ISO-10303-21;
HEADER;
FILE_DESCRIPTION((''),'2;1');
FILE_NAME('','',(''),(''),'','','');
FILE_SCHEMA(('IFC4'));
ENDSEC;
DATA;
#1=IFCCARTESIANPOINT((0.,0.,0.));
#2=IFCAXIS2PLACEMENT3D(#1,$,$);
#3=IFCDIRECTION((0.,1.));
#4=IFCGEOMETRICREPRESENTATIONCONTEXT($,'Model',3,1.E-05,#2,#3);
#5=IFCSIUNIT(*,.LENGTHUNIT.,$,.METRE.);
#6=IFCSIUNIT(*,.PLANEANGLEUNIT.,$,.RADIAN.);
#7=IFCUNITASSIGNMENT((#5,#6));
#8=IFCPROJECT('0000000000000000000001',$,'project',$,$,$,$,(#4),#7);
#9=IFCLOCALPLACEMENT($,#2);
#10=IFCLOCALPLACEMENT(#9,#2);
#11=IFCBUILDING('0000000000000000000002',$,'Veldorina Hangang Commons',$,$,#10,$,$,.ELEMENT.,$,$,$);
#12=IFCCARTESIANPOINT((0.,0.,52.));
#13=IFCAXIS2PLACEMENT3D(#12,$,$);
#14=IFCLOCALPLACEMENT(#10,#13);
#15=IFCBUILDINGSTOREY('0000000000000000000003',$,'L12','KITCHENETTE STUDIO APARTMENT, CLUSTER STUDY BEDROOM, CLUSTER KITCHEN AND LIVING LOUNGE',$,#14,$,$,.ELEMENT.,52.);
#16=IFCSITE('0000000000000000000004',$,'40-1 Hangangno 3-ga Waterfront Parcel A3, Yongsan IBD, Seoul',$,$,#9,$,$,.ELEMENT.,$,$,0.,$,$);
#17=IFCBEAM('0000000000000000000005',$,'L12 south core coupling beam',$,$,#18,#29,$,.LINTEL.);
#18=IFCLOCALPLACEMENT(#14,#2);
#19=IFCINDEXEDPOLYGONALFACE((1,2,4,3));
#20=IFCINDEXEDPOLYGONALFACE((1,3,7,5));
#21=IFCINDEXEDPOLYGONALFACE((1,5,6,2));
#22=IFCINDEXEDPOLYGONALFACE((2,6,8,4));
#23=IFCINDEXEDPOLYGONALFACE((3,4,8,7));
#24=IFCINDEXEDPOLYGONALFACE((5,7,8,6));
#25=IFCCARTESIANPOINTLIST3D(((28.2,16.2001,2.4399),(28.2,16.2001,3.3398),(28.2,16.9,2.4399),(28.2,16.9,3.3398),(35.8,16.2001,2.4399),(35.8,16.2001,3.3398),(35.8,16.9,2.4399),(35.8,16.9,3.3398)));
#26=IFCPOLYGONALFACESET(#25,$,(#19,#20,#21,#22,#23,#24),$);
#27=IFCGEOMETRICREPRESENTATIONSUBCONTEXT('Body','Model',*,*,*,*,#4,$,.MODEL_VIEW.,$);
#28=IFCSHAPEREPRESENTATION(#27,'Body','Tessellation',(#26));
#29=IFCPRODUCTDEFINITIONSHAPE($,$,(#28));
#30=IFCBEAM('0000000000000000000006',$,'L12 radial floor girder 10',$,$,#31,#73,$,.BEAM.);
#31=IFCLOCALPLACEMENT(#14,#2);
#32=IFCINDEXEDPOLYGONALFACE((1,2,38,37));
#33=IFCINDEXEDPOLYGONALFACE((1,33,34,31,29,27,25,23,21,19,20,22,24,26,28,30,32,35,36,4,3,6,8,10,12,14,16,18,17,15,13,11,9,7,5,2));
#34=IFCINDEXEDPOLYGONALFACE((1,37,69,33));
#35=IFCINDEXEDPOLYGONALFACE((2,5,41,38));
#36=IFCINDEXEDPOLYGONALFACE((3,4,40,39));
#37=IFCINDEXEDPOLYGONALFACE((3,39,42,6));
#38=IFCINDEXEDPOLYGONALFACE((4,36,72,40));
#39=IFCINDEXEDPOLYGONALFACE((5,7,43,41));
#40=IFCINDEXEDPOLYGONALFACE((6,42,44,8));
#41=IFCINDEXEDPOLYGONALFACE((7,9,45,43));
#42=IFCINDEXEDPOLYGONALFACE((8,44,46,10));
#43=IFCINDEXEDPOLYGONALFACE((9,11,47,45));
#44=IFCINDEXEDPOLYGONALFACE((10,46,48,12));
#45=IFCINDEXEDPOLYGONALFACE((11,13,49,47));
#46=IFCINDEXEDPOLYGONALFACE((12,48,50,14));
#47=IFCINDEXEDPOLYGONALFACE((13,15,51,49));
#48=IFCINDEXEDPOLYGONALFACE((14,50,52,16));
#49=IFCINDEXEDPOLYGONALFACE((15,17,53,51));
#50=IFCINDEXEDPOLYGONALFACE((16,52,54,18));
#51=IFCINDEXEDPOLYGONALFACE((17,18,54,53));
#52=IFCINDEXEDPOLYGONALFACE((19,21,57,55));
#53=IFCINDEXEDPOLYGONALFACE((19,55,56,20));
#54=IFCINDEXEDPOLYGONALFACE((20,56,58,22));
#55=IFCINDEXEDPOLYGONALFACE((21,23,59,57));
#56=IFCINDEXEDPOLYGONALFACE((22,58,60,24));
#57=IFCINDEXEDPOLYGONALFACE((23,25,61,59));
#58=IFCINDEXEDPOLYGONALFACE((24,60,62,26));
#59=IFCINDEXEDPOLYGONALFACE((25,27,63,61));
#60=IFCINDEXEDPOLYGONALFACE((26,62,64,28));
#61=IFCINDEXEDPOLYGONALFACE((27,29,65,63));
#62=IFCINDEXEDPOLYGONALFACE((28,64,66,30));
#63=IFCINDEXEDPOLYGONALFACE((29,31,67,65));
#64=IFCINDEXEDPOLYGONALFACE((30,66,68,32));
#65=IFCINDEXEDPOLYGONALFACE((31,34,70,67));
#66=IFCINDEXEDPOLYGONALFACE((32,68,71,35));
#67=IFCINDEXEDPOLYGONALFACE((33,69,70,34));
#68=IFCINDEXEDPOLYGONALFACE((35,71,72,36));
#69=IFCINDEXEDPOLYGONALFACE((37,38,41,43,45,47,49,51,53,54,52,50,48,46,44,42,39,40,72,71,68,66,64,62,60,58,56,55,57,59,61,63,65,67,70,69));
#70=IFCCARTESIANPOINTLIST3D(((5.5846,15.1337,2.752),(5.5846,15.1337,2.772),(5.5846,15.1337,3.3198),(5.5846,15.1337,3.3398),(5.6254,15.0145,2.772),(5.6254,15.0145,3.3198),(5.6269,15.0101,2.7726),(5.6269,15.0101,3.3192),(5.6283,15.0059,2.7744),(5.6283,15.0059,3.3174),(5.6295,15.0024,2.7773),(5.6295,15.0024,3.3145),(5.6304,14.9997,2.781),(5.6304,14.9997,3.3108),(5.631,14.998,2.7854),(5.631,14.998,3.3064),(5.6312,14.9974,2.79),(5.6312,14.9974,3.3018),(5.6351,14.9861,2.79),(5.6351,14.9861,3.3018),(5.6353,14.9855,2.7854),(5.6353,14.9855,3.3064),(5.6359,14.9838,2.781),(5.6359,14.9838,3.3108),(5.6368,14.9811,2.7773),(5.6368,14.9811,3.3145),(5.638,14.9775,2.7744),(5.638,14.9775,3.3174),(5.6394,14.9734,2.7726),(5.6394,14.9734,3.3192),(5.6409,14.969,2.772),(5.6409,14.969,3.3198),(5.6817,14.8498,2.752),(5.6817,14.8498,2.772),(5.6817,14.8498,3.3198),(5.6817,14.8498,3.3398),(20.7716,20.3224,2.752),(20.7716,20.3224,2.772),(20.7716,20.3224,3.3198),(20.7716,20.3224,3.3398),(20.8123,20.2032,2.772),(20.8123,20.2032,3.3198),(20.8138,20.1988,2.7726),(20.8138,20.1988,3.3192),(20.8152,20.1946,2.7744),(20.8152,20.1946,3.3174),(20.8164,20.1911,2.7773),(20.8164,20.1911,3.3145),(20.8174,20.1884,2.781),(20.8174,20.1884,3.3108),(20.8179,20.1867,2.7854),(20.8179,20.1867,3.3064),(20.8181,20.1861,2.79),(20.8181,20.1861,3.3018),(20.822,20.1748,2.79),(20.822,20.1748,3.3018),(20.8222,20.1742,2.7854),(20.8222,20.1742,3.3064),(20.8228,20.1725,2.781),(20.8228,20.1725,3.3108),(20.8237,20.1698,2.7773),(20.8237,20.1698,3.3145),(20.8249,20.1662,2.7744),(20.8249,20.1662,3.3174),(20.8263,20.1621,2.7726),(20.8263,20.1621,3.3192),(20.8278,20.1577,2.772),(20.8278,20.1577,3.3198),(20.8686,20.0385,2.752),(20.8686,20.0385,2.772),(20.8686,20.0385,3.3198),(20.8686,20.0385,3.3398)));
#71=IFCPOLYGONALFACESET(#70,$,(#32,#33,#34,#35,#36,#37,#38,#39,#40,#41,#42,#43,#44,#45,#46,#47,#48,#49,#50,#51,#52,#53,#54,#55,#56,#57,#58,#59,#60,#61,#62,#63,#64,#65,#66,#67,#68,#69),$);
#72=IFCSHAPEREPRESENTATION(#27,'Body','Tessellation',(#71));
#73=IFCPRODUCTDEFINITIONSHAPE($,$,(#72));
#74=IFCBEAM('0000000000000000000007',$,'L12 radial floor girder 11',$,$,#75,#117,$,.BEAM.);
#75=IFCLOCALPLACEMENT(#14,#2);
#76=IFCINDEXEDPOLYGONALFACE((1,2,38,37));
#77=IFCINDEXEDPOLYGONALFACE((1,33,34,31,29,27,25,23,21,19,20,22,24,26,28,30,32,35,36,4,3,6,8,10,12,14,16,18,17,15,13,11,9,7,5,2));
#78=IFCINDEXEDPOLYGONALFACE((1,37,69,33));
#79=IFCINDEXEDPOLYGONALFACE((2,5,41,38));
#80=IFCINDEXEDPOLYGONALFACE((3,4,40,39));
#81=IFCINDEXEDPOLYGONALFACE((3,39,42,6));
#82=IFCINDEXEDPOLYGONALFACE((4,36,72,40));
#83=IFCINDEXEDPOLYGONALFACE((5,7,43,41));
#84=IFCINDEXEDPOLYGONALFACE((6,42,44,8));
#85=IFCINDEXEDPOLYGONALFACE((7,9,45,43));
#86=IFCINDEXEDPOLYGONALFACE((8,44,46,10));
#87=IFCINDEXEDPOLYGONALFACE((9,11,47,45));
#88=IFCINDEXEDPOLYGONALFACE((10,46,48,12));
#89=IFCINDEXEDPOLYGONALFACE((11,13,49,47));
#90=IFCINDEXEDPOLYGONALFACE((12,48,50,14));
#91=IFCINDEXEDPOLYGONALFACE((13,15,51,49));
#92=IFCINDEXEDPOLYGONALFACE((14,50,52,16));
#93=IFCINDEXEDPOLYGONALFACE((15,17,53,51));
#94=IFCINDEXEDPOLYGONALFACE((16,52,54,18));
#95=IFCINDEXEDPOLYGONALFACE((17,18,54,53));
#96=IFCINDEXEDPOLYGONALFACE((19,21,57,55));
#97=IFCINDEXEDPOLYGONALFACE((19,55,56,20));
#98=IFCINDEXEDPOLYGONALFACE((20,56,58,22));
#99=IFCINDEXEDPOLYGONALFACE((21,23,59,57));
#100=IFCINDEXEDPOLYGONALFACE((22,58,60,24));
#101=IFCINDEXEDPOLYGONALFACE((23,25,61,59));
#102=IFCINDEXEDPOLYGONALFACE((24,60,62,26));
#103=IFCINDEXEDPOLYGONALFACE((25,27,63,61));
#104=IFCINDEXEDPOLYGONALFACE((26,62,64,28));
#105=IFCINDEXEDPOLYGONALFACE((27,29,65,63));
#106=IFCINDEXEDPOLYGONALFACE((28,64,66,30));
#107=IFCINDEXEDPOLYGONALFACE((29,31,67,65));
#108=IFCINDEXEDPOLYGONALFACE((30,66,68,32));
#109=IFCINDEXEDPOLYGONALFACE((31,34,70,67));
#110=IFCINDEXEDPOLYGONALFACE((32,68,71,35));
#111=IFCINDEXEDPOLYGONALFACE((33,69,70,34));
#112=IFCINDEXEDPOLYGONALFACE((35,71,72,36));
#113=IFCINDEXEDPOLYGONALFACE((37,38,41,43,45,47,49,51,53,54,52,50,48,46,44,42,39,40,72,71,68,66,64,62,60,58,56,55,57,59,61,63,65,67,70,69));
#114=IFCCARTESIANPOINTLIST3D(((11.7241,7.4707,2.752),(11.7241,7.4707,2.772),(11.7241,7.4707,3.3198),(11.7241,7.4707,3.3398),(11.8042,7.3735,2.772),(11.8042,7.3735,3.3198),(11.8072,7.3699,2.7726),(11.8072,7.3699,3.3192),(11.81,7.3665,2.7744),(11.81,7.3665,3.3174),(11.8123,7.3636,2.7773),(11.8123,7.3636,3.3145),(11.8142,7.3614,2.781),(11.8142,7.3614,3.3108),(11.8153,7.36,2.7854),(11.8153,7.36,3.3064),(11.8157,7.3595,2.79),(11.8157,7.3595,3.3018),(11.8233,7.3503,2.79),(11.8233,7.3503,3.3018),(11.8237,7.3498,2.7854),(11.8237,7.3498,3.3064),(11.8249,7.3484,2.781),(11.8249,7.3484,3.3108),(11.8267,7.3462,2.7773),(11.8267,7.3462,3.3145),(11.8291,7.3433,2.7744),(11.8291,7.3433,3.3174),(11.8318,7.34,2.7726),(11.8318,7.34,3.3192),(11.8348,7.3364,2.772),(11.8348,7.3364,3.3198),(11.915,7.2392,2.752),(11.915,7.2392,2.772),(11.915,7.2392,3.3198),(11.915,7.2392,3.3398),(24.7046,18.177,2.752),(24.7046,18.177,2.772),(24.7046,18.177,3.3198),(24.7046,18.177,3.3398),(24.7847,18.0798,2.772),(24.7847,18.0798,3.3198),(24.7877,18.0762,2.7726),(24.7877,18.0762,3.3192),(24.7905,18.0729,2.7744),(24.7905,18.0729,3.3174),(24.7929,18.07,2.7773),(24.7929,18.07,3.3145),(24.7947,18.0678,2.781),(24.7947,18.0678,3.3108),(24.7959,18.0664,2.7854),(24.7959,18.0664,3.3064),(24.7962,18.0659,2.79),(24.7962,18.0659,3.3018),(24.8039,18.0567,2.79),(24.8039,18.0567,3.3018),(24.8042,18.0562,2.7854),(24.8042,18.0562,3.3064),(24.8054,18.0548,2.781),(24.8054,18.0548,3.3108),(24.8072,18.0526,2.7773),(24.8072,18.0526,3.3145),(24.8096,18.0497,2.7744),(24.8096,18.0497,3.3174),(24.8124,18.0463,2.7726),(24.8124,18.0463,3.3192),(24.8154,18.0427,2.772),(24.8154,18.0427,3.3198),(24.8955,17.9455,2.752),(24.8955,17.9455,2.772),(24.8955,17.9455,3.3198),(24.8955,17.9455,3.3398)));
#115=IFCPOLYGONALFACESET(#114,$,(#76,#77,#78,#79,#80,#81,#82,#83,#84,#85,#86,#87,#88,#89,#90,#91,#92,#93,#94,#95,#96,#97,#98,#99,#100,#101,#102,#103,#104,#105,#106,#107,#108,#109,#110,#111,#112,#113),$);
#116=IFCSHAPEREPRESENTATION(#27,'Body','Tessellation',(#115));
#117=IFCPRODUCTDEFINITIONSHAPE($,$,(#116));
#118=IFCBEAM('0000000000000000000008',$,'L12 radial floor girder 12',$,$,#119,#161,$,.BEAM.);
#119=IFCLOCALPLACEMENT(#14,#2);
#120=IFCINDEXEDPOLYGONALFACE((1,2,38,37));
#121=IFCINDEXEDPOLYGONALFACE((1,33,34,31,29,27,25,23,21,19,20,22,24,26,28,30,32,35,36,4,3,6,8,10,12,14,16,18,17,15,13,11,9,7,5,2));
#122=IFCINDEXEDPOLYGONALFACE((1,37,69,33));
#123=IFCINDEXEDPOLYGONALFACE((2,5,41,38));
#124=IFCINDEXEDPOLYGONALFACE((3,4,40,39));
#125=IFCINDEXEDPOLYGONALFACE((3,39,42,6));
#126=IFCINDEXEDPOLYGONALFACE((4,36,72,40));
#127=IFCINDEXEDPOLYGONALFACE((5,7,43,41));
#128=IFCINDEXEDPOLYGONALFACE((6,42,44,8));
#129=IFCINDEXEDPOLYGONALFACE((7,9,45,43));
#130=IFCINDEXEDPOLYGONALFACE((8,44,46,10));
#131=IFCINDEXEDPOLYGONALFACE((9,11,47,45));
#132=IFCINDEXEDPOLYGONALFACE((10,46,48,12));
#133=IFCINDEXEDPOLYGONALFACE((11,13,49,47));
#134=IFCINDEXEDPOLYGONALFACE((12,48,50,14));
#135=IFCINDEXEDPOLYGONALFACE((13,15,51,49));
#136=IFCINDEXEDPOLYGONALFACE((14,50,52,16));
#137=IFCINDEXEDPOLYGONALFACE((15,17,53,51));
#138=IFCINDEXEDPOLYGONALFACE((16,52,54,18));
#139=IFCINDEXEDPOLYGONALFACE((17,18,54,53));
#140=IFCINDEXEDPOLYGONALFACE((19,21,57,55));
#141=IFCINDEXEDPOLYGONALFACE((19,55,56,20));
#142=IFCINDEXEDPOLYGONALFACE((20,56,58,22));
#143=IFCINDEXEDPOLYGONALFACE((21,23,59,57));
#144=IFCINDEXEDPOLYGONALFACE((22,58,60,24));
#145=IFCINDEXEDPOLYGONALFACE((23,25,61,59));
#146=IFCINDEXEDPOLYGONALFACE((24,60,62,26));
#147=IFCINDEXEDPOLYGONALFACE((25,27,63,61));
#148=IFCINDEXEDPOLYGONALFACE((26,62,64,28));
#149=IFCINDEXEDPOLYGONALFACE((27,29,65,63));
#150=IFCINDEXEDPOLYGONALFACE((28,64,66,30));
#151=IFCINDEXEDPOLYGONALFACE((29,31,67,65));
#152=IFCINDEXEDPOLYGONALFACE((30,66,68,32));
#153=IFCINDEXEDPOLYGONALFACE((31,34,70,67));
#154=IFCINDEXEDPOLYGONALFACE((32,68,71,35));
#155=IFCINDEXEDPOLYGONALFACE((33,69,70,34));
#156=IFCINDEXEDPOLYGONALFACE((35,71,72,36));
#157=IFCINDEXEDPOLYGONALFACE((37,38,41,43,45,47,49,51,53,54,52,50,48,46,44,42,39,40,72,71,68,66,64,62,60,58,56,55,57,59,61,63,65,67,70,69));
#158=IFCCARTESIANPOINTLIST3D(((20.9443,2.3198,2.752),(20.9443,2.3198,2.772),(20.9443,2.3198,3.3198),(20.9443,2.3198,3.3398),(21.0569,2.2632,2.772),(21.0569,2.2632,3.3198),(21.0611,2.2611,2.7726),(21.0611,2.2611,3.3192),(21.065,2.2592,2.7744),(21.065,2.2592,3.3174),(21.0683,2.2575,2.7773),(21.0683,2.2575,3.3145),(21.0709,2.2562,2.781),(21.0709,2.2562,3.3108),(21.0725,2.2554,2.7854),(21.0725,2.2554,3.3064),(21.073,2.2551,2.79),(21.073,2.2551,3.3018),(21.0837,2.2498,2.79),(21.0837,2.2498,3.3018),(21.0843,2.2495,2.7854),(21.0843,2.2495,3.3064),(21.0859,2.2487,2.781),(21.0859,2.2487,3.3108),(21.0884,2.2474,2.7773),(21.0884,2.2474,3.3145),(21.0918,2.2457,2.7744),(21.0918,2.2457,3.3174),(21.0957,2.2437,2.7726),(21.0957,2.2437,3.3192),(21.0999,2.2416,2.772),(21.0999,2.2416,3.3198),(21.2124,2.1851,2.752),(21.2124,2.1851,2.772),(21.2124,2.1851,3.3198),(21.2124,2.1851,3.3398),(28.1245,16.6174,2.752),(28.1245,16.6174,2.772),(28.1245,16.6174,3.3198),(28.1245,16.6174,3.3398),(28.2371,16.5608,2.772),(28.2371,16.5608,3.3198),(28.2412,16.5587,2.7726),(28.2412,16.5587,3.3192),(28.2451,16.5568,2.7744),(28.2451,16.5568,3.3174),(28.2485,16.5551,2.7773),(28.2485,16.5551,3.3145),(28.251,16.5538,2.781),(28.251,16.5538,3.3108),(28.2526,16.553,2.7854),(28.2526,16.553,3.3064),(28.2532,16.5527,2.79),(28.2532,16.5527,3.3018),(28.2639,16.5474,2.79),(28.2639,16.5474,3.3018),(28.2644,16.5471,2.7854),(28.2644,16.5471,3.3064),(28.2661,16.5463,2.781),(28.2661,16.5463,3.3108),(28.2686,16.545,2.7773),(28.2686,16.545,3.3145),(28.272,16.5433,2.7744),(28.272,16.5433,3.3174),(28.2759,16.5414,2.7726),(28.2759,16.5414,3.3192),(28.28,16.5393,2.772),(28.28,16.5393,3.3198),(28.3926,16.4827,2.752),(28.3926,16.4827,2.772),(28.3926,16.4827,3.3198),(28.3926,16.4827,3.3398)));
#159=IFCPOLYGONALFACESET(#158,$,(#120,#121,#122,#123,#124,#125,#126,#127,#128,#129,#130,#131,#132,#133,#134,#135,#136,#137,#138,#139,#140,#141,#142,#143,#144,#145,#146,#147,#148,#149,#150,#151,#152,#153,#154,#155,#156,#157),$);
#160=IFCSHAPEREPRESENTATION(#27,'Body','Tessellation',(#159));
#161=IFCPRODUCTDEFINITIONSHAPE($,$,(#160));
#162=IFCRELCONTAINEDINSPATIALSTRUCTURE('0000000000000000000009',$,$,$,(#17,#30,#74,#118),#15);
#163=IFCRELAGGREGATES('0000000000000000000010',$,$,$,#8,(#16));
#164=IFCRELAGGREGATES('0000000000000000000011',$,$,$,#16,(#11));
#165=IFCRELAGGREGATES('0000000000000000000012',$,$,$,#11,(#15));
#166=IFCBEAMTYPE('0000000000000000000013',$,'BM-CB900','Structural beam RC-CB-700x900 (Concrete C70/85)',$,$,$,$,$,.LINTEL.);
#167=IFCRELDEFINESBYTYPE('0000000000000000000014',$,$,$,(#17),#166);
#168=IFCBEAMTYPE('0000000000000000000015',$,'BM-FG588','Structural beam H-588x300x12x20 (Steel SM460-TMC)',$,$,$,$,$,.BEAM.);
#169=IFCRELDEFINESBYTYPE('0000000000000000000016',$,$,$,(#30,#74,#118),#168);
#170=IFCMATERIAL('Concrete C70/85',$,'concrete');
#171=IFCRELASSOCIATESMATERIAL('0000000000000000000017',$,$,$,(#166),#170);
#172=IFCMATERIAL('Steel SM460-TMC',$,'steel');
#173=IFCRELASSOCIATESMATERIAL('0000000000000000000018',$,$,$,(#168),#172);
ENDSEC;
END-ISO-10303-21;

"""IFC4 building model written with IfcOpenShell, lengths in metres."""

from ifc_helpers import new_model, si_unit, direction, frame, origin, origin_2d, place, context, subcontext, project, spatial, rectangle, i_section, extrude, material, material_profile, profile_set, type_object, element, save


model = new_model("IFC4")

# Units and contexts
model_context = context("Model", 3, precision=1e-05, world=origin(), true_north=direction((0.0, 1.0)))
body_context = subcontext(model_context, "Body", "Model", "MODEL_VIEW")
ifc_project = project(units=[si_unit("LENGTHUNIT", "METRE"), si_unit("PLANEANGLEUNIT", "RADIAN")], contexts=[model_context])

# Site, building, storey
site_placement = place(None, origin())
site = spatial("IfcSite", under=ifc_project, at=site_placement, Name="40-1 Hangangno 3-ga Waterfront Parcel A3, Yongsan IBD, Seoul", CompositionType="ELEMENT", RefElevation=0.0)
building_placement = place(site_placement, origin())
building = spatial("IfcBuilding", under=site, at=building_placement, Name="Veldorina Hangang Commons", CompositionType="ELEMENT")
storey_placement = place(building_placement, frame((0.0, 0.0, 52.0)))
storey = spatial("IfcBuildingStorey", under=building, at=storey_placement, Name="L12", Description="KITCHENETTE STUDIO APARTMENT, CLUSTER STUDY BEDROOM, CLUSTER KITCHEN AND LIVING LOUNGE", CompositionType="ELEMENT", Elevation=52.0)

# Beams
ifc_material_1 = material(Name="Concrete C70/85", Category="concrete")
ifc_material_profile_1 = material_profile(ifc_material_1, rectangle(XDim=0.7, YDim=0.8999, at=origin_2d()), Name="RC-CB-700x900")
ifc_profile_set_1 = profile_set([ifc_material_profile_1], Name="Concrete C70/85")
beam_type_1 = type_object("IfcBeamType", Name="BM-CB900", Description="Structural beam RC-CB-700x900 (Concrete C70/85)", PredefinedType="LINTEL", material=ifc_profile_set_1)
beam_1_placement = place(storey_placement, frame((28.2, 16.55, 2.8899), z_axis=(1.0, 0.0, 0.0), x_axis=(0.0, 1.0, 0.0)))
element("IfcBeam", 1, at=beam_1_placement, inside=storey, type_object=beam_type_1, Name="L12 south core coupling beam", PredefinedType="LINTEL", context=body_context, shape_type="SweptSolid", body=[
    extrude(rectangle(XDim=0.7, YDim=0.8999, at=origin_2d()), origin(), (0.0, 0.0, 1.0), 7.6001),
])
ifc_material_2 = material(Name="Steel SM460-TMC", Category="steel")
ifc_material_profile_2 = material_profile(ifc_material_2, i_section(OverallWidth=0.3, OverallDepth=0.5879, WebThickness=0.012, FlangeThickness=0.02, FilletRadius=0.0181, at=origin_2d()), Name="H-588x300x12x20")
ifc_profile_set_2 = profile_set([ifc_material_profile_2], Name="Steel SM460-TMC")
beam_type_2 = type_object("IfcBeamType", Name="BM-FG588", Description="Structural beam H-588x300x12x20 (Steel SM460-TMC)", PredefinedType="BEAM", material=ifc_profile_set_2)
beam_2_placement = place(storey_placement, frame((20.8201, 20.1804, 3.0459), z_axis=(-0.946294, -0.323306, 0.0), x_axis=(0.323306, -0.946294, 0.0)))
element("IfcBeam", 2, at=beam_2_placement, inside=storey, type_object=beam_type_2, Name="L12 radial floor girder 10", PredefinedType="BEAM", context=body_context, shape_type="SweptSolid", body=[
    extrude(i_section(OverallWidth=0.3, OverallDepth=0.5879, WebThickness=0.012, FlangeThickness=0.02, FilletRadius=0.0181, at=origin_2d()), origin(), (0.0, 0.0, 1.0), 16.0488),
])
beam_3_placement = place(storey_placement, frame((24.8, 18.0613, 3.0459), z_axis=(-0.771449, -0.636291, 0.0), x_axis=(0.636291, -0.771449, 0.0)))
element("IfcBeam", 3, at=beam_3_placement, inside=storey, type_object=beam_type_2, Name="L12 radial floor girder 11", PredefinedType="BEAM", context=body_context, shape_type="SweptSolid", body=[
    extrude(i_section(OverallWidth=0.3, OverallDepth=0.5879, WebThickness=0.012, FlangeThickness=0.02, FilletRadius=0.0181, at=origin_2d()), origin(), (0.0, 0.0, 1.0), 16.8262),
])
beam_4_placement = place(storey_placement, frame((28.2585, 16.55, 3.0459), z_axis=(-0.448782, -0.893641, 0.0), x_axis=(0.893641, -0.448782, 0.0)))
element("IfcBeam", 4, at=beam_4_placement, inside=storey, type_object=beam_type_2, Name="L12 radial floor girder 12", PredefinedType="BEAM", context=body_context, shape_type="SweptSolid", body=[
    extrude(i_section(OverallWidth=0.3, OverallDepth=0.5879, WebThickness=0.012, FlangeThickness=0.02, FilletRadius=0.0181, at=origin_2d()), origin(), (0.0, 0.0, 1.0), 15.9993),
])

save(model, "model.ifc")
